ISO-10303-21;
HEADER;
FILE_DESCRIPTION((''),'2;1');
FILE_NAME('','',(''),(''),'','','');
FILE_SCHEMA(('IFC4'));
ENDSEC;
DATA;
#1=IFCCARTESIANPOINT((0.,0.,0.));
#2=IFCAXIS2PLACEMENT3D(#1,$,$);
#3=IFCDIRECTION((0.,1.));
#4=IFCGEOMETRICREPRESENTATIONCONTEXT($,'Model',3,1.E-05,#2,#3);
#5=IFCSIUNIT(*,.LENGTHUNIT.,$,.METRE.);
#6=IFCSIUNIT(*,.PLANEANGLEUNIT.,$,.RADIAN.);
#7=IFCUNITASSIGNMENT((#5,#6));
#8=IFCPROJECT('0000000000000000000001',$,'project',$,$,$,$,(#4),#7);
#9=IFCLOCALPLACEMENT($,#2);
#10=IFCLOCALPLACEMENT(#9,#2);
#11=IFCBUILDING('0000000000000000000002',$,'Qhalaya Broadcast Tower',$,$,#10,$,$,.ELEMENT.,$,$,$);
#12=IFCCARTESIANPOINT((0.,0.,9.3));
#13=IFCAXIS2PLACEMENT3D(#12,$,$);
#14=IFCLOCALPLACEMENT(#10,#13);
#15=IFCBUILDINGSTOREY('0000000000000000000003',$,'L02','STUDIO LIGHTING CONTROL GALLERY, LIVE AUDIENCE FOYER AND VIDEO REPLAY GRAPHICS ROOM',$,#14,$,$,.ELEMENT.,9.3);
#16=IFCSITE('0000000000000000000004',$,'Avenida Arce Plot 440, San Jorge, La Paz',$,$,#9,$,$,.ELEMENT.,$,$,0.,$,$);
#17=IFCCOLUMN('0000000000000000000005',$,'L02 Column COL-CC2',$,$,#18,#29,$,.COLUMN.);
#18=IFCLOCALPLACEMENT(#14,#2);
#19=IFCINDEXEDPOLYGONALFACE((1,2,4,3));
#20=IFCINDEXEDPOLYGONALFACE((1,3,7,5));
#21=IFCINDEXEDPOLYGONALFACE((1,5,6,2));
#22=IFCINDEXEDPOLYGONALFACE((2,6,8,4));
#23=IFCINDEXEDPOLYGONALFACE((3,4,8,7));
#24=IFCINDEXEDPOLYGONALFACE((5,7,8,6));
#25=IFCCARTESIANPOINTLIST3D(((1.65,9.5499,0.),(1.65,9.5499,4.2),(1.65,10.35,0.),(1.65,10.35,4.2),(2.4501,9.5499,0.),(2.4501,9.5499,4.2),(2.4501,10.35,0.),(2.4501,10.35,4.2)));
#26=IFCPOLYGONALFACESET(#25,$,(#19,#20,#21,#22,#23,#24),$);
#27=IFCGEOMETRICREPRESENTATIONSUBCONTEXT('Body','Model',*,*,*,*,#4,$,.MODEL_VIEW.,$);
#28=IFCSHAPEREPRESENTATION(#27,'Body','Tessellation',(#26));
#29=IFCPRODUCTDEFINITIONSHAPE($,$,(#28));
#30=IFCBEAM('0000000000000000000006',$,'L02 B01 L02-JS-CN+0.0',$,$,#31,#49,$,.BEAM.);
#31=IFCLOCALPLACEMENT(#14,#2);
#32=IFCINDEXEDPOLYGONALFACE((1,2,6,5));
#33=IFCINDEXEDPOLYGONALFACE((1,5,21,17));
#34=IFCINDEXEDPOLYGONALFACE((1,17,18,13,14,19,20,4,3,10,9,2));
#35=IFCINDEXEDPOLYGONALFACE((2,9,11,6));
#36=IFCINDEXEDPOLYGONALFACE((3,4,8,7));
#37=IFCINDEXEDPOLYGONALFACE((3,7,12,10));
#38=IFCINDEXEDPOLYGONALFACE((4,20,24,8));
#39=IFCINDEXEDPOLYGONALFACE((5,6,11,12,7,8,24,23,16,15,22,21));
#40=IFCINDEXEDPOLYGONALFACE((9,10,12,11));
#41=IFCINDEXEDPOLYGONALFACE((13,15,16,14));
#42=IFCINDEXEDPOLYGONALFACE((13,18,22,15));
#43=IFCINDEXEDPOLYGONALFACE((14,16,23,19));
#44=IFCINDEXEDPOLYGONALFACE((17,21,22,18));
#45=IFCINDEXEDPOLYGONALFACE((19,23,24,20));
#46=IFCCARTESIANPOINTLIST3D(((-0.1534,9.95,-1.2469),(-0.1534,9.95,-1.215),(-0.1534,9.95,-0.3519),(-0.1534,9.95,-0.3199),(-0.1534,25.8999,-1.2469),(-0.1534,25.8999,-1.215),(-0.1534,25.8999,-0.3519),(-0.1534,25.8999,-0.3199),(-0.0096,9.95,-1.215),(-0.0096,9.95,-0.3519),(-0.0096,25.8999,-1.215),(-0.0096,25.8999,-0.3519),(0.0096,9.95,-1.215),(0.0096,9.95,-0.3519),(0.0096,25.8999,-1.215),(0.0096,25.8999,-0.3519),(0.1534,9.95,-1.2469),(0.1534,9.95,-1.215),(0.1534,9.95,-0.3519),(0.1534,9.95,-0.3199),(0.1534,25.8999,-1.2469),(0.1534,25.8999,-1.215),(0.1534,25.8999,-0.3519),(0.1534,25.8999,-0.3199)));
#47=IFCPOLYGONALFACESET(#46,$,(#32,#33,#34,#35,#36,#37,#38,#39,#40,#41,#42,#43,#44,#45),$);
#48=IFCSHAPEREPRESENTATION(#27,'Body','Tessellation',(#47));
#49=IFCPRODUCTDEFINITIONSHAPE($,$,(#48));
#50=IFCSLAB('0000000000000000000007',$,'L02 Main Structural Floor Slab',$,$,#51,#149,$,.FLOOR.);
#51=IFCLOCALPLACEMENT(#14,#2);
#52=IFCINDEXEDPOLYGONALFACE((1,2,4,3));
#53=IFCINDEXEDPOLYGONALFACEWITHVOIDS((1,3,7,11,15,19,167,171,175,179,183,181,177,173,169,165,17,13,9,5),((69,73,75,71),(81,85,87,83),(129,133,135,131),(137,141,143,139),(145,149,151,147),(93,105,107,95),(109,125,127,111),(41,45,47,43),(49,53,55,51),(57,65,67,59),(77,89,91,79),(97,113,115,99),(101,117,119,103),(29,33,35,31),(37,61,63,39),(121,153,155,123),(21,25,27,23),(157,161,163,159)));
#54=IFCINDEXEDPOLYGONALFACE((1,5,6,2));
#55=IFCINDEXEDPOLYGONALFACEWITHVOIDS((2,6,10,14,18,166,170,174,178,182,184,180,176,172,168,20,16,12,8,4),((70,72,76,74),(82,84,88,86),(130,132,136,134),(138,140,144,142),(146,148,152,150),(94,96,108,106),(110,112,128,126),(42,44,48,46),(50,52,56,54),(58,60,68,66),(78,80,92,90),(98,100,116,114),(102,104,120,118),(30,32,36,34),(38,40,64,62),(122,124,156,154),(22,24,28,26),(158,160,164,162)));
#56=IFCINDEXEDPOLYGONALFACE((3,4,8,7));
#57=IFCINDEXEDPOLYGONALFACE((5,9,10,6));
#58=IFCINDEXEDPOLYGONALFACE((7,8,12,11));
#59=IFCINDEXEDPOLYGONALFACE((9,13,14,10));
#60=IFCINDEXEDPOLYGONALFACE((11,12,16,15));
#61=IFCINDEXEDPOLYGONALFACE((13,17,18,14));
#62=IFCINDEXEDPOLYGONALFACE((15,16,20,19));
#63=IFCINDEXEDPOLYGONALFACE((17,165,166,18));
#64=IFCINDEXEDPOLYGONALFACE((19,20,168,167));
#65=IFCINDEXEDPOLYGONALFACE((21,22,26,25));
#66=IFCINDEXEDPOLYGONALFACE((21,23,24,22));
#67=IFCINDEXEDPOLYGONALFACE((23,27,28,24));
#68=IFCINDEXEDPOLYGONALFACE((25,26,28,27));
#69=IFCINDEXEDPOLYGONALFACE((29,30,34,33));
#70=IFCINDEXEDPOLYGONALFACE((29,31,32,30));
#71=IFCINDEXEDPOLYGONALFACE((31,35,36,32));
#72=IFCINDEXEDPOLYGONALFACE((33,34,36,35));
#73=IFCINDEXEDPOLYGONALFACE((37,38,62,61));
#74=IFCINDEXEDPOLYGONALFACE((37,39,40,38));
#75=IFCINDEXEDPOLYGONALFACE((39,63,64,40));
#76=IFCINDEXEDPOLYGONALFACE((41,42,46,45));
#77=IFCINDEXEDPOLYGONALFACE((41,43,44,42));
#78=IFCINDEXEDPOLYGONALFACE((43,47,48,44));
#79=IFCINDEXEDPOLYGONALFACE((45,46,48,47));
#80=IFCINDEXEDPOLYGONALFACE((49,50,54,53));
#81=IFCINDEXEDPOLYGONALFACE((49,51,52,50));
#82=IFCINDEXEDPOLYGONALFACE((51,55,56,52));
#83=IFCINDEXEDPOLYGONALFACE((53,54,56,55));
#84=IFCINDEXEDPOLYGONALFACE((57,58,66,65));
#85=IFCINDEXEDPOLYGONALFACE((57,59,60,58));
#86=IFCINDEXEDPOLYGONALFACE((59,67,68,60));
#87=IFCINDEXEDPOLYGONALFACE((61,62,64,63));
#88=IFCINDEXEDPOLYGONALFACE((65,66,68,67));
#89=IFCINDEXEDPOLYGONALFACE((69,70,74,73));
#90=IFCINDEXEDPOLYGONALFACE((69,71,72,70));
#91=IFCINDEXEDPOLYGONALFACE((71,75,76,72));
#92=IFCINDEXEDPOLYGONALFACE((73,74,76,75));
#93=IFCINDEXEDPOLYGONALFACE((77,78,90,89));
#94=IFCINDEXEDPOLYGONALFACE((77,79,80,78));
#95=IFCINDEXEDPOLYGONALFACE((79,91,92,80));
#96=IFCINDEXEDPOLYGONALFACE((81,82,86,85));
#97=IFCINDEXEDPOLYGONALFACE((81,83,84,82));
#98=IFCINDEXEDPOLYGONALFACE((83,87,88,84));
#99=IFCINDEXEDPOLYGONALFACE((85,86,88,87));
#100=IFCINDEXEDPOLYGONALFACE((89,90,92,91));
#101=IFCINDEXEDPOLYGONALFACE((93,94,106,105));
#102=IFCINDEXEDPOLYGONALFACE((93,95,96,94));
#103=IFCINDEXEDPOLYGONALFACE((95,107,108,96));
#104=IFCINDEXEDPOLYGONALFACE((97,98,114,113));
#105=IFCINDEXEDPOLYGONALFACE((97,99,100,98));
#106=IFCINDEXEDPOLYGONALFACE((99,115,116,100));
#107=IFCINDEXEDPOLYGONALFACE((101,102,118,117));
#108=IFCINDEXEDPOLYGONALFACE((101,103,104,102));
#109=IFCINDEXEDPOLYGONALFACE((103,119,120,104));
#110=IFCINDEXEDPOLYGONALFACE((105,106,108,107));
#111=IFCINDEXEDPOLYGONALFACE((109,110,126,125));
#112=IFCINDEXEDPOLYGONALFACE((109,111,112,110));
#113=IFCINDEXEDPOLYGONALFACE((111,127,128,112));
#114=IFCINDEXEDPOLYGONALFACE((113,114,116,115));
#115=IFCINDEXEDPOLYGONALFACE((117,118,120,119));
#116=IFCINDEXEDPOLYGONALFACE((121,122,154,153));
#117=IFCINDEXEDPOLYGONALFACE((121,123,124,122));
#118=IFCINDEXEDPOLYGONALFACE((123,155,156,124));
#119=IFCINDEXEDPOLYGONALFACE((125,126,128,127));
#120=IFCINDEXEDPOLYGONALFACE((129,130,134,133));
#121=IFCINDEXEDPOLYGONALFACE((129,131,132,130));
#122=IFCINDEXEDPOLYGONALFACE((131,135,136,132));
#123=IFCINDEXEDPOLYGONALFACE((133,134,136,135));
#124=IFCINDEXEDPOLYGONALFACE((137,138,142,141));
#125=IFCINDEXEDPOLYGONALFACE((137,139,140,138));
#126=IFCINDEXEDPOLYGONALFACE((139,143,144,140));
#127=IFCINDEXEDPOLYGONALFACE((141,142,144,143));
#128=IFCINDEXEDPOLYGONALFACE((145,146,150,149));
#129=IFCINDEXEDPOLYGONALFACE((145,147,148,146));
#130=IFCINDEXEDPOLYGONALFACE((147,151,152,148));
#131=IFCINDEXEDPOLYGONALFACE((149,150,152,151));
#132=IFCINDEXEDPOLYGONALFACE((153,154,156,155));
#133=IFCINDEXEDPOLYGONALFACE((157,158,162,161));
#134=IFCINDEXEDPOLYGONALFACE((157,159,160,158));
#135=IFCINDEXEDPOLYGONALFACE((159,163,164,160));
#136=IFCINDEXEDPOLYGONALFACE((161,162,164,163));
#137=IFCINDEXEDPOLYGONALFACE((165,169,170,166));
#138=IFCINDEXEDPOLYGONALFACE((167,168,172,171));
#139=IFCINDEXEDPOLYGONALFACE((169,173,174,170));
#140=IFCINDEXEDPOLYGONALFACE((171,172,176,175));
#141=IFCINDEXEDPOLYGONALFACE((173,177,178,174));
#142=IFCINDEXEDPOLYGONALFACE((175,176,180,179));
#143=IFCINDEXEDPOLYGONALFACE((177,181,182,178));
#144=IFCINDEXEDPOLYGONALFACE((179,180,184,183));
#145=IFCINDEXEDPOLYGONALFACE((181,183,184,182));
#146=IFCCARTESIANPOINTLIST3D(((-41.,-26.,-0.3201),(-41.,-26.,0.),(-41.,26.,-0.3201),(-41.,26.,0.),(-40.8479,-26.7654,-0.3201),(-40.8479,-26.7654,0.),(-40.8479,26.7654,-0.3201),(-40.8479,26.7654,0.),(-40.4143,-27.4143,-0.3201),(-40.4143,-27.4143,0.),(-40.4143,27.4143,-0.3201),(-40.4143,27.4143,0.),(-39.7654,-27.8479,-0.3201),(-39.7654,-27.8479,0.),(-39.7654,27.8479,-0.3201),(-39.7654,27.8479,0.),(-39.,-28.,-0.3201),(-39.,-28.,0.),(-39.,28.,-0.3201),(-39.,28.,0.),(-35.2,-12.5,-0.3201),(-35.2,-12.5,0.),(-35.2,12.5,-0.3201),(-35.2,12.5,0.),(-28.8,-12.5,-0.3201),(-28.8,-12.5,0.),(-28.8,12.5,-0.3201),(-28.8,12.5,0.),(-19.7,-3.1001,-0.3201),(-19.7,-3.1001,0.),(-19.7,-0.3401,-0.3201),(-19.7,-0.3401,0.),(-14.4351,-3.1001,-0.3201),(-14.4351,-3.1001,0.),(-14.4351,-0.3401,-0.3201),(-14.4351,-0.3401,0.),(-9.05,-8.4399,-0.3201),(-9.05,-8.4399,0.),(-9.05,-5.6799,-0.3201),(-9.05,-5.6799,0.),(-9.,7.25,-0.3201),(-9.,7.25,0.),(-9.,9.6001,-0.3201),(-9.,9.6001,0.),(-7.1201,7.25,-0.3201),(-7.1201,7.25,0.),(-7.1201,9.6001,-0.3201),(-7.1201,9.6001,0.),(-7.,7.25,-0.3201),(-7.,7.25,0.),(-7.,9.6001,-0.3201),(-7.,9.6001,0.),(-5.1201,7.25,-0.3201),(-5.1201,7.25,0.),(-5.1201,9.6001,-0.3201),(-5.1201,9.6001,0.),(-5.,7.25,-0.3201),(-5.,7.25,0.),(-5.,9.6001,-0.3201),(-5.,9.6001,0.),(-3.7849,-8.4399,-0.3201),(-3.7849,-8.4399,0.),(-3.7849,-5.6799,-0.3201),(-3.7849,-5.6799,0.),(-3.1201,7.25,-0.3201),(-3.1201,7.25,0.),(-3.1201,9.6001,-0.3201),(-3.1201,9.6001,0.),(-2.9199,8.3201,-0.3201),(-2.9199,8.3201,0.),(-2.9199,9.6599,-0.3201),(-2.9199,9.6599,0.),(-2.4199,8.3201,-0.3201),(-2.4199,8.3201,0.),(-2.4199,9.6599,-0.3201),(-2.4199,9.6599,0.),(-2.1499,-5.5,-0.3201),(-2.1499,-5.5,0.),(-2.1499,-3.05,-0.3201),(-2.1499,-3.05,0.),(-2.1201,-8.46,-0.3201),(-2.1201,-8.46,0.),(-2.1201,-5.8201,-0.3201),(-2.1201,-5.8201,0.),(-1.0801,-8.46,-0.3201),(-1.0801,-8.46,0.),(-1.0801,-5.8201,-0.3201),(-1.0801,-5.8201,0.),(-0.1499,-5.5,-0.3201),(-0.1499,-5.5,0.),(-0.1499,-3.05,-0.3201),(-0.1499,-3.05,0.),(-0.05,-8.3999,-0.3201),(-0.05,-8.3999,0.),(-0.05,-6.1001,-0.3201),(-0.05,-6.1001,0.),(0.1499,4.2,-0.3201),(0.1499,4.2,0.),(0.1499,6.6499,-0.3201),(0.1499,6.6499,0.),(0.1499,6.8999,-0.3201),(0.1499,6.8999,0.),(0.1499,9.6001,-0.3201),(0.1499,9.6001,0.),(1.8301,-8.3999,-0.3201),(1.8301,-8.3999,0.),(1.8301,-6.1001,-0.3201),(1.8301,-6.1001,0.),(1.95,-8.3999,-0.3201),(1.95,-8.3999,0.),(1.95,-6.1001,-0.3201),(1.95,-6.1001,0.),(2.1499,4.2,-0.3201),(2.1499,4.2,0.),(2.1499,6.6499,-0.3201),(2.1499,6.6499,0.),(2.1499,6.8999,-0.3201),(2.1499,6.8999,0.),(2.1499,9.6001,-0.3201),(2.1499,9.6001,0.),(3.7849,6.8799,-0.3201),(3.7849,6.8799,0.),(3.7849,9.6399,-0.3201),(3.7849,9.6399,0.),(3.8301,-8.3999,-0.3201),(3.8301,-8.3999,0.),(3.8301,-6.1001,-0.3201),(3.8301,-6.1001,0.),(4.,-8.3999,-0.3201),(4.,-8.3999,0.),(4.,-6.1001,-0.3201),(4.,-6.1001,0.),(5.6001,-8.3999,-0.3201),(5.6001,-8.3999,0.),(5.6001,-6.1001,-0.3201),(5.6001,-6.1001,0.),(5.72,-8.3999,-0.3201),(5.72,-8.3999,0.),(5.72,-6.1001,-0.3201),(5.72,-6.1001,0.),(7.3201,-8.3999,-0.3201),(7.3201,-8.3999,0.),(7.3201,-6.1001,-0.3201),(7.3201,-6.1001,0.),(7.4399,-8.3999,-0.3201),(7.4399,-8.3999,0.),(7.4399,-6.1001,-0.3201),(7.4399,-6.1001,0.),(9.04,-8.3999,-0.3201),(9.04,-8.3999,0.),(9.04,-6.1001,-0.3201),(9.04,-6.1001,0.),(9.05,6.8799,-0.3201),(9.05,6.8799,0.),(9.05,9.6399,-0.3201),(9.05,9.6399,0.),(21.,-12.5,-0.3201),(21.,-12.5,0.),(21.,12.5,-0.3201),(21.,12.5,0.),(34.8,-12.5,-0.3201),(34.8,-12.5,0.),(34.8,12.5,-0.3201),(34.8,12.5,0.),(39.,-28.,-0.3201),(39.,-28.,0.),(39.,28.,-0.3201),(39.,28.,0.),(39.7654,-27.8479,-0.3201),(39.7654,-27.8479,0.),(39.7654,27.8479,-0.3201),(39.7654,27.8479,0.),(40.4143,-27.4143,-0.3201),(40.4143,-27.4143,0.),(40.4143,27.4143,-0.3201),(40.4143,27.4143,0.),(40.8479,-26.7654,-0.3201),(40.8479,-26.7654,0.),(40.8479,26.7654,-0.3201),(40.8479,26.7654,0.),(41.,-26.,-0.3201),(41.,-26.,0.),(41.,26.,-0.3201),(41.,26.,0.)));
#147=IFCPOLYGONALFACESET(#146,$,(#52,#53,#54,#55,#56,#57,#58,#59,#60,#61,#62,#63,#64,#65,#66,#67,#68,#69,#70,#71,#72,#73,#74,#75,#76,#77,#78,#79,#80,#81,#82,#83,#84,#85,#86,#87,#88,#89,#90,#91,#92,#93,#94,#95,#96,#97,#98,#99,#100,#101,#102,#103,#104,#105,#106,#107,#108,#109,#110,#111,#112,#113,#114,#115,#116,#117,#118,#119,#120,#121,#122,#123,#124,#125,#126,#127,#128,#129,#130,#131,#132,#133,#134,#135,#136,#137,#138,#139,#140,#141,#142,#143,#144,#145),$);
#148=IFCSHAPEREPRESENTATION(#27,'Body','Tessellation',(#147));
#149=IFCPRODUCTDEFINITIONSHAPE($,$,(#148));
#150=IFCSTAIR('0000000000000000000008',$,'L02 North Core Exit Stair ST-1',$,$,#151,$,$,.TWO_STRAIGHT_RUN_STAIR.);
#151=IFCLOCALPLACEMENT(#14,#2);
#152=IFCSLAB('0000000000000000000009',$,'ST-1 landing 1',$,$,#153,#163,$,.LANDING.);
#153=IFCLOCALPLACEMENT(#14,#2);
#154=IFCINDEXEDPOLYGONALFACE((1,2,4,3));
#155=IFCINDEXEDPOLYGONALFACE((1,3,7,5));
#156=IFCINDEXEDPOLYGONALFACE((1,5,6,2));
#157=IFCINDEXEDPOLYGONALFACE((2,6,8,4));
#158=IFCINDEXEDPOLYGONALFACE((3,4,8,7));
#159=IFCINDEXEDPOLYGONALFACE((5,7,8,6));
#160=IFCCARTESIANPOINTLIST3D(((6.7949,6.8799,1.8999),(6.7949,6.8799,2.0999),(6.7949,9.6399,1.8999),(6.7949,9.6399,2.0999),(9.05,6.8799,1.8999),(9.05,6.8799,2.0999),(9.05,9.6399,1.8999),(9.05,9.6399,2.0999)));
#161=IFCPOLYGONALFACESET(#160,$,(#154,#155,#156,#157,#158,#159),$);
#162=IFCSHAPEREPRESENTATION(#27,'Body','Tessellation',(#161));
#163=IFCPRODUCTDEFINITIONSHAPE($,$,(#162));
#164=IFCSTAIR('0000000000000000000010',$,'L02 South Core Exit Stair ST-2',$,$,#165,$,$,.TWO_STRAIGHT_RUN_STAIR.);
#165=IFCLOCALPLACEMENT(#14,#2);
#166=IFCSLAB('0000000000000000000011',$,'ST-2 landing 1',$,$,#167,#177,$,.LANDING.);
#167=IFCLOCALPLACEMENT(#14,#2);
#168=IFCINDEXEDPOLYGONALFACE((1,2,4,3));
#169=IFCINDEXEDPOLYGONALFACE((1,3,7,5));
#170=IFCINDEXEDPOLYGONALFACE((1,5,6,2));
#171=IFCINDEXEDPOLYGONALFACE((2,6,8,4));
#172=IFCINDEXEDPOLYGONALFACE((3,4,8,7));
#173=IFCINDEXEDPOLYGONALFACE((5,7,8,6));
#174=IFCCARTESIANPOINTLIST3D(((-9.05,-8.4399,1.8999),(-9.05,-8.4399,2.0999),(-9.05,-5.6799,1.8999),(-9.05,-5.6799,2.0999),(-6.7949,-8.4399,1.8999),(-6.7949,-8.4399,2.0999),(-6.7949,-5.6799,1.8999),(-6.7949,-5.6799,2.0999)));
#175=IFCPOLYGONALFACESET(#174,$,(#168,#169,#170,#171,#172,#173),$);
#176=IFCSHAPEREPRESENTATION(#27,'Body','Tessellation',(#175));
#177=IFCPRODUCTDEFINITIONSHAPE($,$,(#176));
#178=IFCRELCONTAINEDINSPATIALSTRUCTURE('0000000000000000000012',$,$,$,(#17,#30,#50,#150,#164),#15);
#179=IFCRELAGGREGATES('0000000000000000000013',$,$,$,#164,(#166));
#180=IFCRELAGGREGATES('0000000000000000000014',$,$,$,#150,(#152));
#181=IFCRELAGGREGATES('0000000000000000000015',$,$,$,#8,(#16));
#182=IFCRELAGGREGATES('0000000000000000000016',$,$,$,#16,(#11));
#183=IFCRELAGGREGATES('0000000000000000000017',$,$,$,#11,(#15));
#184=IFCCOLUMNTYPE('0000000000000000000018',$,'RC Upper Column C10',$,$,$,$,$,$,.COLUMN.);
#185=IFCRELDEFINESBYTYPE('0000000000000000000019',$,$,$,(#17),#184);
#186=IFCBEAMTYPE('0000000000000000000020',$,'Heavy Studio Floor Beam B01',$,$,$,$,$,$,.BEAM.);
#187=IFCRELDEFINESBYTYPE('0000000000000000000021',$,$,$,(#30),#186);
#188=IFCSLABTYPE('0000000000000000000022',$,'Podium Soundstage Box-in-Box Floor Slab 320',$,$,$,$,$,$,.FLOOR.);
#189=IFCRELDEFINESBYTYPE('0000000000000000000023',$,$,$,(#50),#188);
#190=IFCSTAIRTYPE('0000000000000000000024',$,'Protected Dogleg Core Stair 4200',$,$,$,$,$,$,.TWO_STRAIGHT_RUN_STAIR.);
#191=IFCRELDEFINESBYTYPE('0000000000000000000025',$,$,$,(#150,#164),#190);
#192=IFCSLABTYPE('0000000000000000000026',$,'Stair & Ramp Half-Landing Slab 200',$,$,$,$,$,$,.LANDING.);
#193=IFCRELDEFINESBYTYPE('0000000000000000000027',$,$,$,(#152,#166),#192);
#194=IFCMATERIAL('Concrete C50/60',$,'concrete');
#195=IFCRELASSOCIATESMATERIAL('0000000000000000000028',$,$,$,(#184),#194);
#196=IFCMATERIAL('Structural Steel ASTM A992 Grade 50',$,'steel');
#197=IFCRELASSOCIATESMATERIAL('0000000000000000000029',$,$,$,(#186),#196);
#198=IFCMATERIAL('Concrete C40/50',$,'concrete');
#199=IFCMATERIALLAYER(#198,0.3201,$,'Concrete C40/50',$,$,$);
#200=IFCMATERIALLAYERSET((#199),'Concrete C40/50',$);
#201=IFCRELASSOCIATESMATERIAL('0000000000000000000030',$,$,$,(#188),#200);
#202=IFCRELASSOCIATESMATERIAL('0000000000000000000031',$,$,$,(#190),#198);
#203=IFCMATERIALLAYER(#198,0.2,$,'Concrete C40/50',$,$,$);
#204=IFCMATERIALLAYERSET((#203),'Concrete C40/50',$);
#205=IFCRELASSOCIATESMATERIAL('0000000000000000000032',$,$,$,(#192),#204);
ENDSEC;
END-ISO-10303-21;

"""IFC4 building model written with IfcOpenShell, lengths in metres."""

from ifc_helpers import new_model, si_unit, direction, frame, origin, origin_2d, place, context, subcontext, project, spatial, polyline, rectangle, i_section, outline, extrude, material, layer, layer_set, material_profile, profile_set, type_object, element, aggregate, save


model = new_model("IFC4")

# Units and contexts
model_context = context("Model", 3, precision=1e-05, world=origin(), true_north=direction((0.0, 1.0)))
body_context = subcontext(model_context, "Body", "Model", "MODEL_VIEW")
ifc_project = project(units=[si_unit("LENGTHUNIT", "METRE"), si_unit("PLANEANGLEUNIT", "RADIAN")], contexts=[model_context])

# Site, building, storey
site_placement = place(None, origin())
site = spatial("IfcSite", under=ifc_project, at=site_placement, Name="Avenida Arce Plot 440, San Jorge, La Paz", CompositionType="ELEMENT", RefElevation=0.0)
building_placement = place(site_placement, origin())
building = spatial("IfcBuilding", under=site, at=building_placement, Name="Qhalaya Broadcast Tower", CompositionType="ELEMENT")
storey_placement = place(building_placement, frame((0.0, 0.0, 9.3)))
storey = spatial("IfcBuildingStorey", under=building, at=storey_placement, Name="L02", Description="STUDIO LIGHTING CONTROL GALLERY, LIVE AUDIENCE FOYER AND VIDEO REPLAY GRAPHICS ROOM", CompositionType="ELEMENT", Elevation=9.3)

# Column
ifc_material_1 = material(Name="Concrete C50/60", Category="concrete")
ifc_material_profile_1 = material_profile(ifc_material_1, rectangle(XDim=0.8, YDim=0.8, at=origin_2d()), Name="RC-COL 800x800")
ifc_profile_set_1 = profile_set([ifc_material_profile_1], Name="Concrete C50/60")
column_type = type_object("IfcColumnType", Name="RC Upper Column C10", PredefinedType="COLUMN", material=ifc_profile_set_1)
column_placement = place(storey_placement, frame((2.05, 9.95, 0.0), z_axis=(0.0, 0.0, 1.0), x_axis=(1.0, 0.0, 0.0)))
element("IfcColumn", 1, at=column_placement, inside=storey, type_object=column_type, Name="L02 Column COL-CC2", PredefinedType="COLUMN", context=body_context, shape_type="SweptSolid", body=[
    extrude(rectangle(XDim=0.8, YDim=0.8, at=origin_2d()), origin(), (0.0, 0.0, 1.0), 4.2),
])

# Beam
ifc_material_2 = material(Name="Structural Steel ASTM A992 Grade 50", Category="steel")
ifc_material_profile_2 = material_profile(ifc_material_2, i_section(OverallWidth=0.3069, OverallDepth=0.927, WebThickness=0.0193, FlangeThickness=0.032, at=origin_2d()), Name="W36X194")
ifc_profile_set_2 = profile_set([ifc_material_profile_2], Name="Structural Steel ASTM A992 Grade 50")
beam_type = type_object("IfcBeamType", Name="Heavy Studio Floor Beam B01", PredefinedType="BEAM", material=ifc_profile_set_2)
beam_placement = place(storey_placement, frame((0.0, 9.95, -0.7834), z_axis=(0.0, 1.0, 0.0), x_axis=(-1.0, 0.0, 0.0)))
element("IfcBeam", 2, at=beam_placement, inside=storey, type_object=beam_type, Name="L02 B01 L02-JS-CN+0.0", PredefinedType="BEAM", context=body_context, shape_type="SweptSolid", body=[
    extrude(i_section(OverallWidth=0.3069, OverallDepth=0.927, WebThickness=0.0193, FlangeThickness=0.032, at=origin_2d()), origin(), (0.0, 0.0, 1.0), 15.95),
])

# Slab
ifc_material_3 = material(Name="Concrete C40/50", Category="concrete")
ifc_layer_1 = layer(ifc_material_3, 0.3201, Name="Concrete C40/50")
ifc_layer_set_1 = layer_set([ifc_layer_1], Name="Concrete C40/50")
slab_type_1 = type_object("IfcSlabType", Name="Podium Soundstage Box-in-Box Floor Slab 320", PredefinedType="FLOOR", material=ifc_layer_set_1)
slab_1_placement = place(storey_placement, frame((0.0, 0.0, -0.3201)))
element("IfcSlab", 3, at=slab_1_placement, inside=storey, type_object=slab_type_1, Name="L02 Main Structural Floor Slab", PredefinedType="FLOOR", context=body_context, shape_type="SweptSolid", body=[
    extrude(outline(polyline([(39.0, -28.0), (39.7654, -27.8479), (40.4143, -27.4143), (40.8479, -26.7654), (41.0, -26.0), (41.0, 26.0), (40.8479, 26.7654), (40.4143, 27.4143), (39.7654, 27.8479), (39.0, 28.0), (-39.0, 28.0), (-39.7654, 27.8479), (-40.4143, 27.4143), (-40.8479, 26.7654), (-41.0, 26.0), (-41.0, -26.0), (-40.8479, -26.7654), (-40.4143, -27.4143), (-39.7654, -27.8479), (-39.0, -28.0), (39.0, -28.0)]), holes=[polyline([(3.7849, 9.6399), (9.05, 9.6399), (9.05, 6.8799), (3.7849, 6.8799), (3.7849, 9.6399)]), polyline([(-3.7849, -8.4399), (-9.05, -8.4399), (-9.05, -5.6799), (-3.7849, -5.6799), (-3.7849, -8.4399)]), polyline([(-14.4351, -3.1001), (-19.7, -3.1001), (-19.7, -0.3401), (-14.4351, -0.3401), (-14.4351, -3.1001)]), polyline([(0.1499, 6.6499), (2.1499, 6.6499), (2.1499, 4.2), (0.1499, 4.2), (0.1499, 6.6499)]), polyline([(0.1499, 9.6001), (2.1499, 9.6001), (2.1499, 6.8999), (0.1499, 6.8999), (0.1499, 9.6001)]), polyline([(-2.1499, -3.05), (-0.1499, -3.05), (-0.1499, -5.5), (-2.1499, -5.5), (-2.1499, -3.05)]), polyline([(-9.0, 9.6001), (-7.1201, 9.6001), (-7.1201, 7.25), (-9.0, 7.25), (-9.0, 9.6001)]), polyline([(-7.0, 9.6001), (-5.1201, 9.6001), (-5.1201, 7.25), (-7.0, 7.25), (-7.0, 9.6001)]), polyline([(-5.0, 9.6001), (-3.1201, 9.6001), (-3.1201, 7.25), (-5.0, 7.25), (-5.0, 9.6001)]), polyline([(-0.05, -6.1001), (1.8301, -6.1001), (1.8301, -8.3999), (-0.05, -8.3999), (-0.05, -6.1001)]), polyline([(1.95, -6.1001), (3.8301, -6.1001), (3.8301, -8.3999), (1.95, -8.3999), (1.95, -6.1001)]), polyline([(4.0, -6.1001), (5.6001, -6.1001), (5.6001, -8.3999), (4.0, -8.3999), (4.0, -6.1001)]), polyline([(5.72, -6.1001), (7.3201, -6.1001), (7.3201, -8.3999), (5.72, -8.3999), (5.72, -6.1001)]), polyline([(7.4399, -6.1001), (9.04, -6.1001), (9.04, -8.3999), (7.4399, -8.3999), (7.4399, -6.1001)]), polyline([(-2.9199, 9.6599), (-2.4199, 9.6599), (-2.4199, 8.3201), (-2.9199, 8.3201), (-2.9199, 9.6599)]), polyline([(-2.1201, -5.8201), (-1.0801, -5.8201), (-1.0801, -8.46), (-2.1201, -8.46), (-2.1201, -5.8201)]), polyline([(-35.2, 12.5), (-28.8, 12.5), (-28.8, -12.5), (-35.2, -12.5), (-35.2, 12.5)]), polyline([(21.0, 12.5), (34.8, 12.5), (34.8, -12.5), (21.0, -12.5), (21.0, 12.5)])]), origin(), (0.0, 0.0, 1.0), 0.3201),
])

# Stairs, slabs
stair_type = type_object("IfcStairType", Name="Protected Dogleg Core Stair 4200", PredefinedType="TWO_STRAIGHT_RUN_STAIR", material=ifc_material_3)
stair_1_placement = place(storey_placement, origin())
stair_1 = element("IfcStair", 4, at=stair_1_placement, inside=storey, type_object=stair_type, Name="L02 North Core Exit Stair ST-1", PredefinedType="TWO_STRAIGHT_RUN_STAIR")
ifc_layer_2 = layer(ifc_material_3, 0.2, Name="Concrete C40/50")
ifc_layer_set_2 = layer_set([ifc_layer_2], Name="Concrete C40/50")
slab_type_2 = type_object("IfcSlabType", Name="Stair & Ramp Half-Landing Slab 200", PredefinedType="LANDING", material=ifc_layer_set_2)
slab_2_placement = place(storey_placement, frame((0.0, 0.0, 1.8999)))
slab_2 = element("IfcSlab", 5, at=slab_2_placement, type_object=slab_type_2, Name="ST-1 landing 1", PredefinedType="LANDING", context=body_context, shape_type="SweptSolid", body=[
    extrude(outline(polyline([(6.7949, 6.8799), (9.05, 6.8799), (9.05, 9.6399), (6.7949, 9.6399), (6.7949, 6.8799)])), origin(), (0.0, 0.0, 1.0), 0.2),
])
stair_2_placement = place(storey_placement, origin())
stair_2 = element("IfcStair", 6, at=stair_2_placement, inside=storey, type_object=stair_type, Name="L02 South Core Exit Stair ST-2", PredefinedType="TWO_STRAIGHT_RUN_STAIR")
slab_3_placement = place(storey_placement, frame((0.0, 0.0, 1.8999)))
slab_3 = element("IfcSlab", 7, at=slab_3_placement, type_object=slab_type_2, Name="ST-2 landing 1", PredefinedType="LANDING", context=body_context, shape_type="SweptSolid", body=[
    extrude(outline(polyline([(-6.7949, -5.6799), (-9.05, -5.6799), (-9.05, -8.4399), (-6.7949, -8.4399), (-6.7949, -5.6799)])), origin(), (0.0, 0.0, 1.0), 0.2),
])
aggregate(stair_2, [slab_3])

aggregate(stair_1, [slab_2])

save(model, "model.ifc")
